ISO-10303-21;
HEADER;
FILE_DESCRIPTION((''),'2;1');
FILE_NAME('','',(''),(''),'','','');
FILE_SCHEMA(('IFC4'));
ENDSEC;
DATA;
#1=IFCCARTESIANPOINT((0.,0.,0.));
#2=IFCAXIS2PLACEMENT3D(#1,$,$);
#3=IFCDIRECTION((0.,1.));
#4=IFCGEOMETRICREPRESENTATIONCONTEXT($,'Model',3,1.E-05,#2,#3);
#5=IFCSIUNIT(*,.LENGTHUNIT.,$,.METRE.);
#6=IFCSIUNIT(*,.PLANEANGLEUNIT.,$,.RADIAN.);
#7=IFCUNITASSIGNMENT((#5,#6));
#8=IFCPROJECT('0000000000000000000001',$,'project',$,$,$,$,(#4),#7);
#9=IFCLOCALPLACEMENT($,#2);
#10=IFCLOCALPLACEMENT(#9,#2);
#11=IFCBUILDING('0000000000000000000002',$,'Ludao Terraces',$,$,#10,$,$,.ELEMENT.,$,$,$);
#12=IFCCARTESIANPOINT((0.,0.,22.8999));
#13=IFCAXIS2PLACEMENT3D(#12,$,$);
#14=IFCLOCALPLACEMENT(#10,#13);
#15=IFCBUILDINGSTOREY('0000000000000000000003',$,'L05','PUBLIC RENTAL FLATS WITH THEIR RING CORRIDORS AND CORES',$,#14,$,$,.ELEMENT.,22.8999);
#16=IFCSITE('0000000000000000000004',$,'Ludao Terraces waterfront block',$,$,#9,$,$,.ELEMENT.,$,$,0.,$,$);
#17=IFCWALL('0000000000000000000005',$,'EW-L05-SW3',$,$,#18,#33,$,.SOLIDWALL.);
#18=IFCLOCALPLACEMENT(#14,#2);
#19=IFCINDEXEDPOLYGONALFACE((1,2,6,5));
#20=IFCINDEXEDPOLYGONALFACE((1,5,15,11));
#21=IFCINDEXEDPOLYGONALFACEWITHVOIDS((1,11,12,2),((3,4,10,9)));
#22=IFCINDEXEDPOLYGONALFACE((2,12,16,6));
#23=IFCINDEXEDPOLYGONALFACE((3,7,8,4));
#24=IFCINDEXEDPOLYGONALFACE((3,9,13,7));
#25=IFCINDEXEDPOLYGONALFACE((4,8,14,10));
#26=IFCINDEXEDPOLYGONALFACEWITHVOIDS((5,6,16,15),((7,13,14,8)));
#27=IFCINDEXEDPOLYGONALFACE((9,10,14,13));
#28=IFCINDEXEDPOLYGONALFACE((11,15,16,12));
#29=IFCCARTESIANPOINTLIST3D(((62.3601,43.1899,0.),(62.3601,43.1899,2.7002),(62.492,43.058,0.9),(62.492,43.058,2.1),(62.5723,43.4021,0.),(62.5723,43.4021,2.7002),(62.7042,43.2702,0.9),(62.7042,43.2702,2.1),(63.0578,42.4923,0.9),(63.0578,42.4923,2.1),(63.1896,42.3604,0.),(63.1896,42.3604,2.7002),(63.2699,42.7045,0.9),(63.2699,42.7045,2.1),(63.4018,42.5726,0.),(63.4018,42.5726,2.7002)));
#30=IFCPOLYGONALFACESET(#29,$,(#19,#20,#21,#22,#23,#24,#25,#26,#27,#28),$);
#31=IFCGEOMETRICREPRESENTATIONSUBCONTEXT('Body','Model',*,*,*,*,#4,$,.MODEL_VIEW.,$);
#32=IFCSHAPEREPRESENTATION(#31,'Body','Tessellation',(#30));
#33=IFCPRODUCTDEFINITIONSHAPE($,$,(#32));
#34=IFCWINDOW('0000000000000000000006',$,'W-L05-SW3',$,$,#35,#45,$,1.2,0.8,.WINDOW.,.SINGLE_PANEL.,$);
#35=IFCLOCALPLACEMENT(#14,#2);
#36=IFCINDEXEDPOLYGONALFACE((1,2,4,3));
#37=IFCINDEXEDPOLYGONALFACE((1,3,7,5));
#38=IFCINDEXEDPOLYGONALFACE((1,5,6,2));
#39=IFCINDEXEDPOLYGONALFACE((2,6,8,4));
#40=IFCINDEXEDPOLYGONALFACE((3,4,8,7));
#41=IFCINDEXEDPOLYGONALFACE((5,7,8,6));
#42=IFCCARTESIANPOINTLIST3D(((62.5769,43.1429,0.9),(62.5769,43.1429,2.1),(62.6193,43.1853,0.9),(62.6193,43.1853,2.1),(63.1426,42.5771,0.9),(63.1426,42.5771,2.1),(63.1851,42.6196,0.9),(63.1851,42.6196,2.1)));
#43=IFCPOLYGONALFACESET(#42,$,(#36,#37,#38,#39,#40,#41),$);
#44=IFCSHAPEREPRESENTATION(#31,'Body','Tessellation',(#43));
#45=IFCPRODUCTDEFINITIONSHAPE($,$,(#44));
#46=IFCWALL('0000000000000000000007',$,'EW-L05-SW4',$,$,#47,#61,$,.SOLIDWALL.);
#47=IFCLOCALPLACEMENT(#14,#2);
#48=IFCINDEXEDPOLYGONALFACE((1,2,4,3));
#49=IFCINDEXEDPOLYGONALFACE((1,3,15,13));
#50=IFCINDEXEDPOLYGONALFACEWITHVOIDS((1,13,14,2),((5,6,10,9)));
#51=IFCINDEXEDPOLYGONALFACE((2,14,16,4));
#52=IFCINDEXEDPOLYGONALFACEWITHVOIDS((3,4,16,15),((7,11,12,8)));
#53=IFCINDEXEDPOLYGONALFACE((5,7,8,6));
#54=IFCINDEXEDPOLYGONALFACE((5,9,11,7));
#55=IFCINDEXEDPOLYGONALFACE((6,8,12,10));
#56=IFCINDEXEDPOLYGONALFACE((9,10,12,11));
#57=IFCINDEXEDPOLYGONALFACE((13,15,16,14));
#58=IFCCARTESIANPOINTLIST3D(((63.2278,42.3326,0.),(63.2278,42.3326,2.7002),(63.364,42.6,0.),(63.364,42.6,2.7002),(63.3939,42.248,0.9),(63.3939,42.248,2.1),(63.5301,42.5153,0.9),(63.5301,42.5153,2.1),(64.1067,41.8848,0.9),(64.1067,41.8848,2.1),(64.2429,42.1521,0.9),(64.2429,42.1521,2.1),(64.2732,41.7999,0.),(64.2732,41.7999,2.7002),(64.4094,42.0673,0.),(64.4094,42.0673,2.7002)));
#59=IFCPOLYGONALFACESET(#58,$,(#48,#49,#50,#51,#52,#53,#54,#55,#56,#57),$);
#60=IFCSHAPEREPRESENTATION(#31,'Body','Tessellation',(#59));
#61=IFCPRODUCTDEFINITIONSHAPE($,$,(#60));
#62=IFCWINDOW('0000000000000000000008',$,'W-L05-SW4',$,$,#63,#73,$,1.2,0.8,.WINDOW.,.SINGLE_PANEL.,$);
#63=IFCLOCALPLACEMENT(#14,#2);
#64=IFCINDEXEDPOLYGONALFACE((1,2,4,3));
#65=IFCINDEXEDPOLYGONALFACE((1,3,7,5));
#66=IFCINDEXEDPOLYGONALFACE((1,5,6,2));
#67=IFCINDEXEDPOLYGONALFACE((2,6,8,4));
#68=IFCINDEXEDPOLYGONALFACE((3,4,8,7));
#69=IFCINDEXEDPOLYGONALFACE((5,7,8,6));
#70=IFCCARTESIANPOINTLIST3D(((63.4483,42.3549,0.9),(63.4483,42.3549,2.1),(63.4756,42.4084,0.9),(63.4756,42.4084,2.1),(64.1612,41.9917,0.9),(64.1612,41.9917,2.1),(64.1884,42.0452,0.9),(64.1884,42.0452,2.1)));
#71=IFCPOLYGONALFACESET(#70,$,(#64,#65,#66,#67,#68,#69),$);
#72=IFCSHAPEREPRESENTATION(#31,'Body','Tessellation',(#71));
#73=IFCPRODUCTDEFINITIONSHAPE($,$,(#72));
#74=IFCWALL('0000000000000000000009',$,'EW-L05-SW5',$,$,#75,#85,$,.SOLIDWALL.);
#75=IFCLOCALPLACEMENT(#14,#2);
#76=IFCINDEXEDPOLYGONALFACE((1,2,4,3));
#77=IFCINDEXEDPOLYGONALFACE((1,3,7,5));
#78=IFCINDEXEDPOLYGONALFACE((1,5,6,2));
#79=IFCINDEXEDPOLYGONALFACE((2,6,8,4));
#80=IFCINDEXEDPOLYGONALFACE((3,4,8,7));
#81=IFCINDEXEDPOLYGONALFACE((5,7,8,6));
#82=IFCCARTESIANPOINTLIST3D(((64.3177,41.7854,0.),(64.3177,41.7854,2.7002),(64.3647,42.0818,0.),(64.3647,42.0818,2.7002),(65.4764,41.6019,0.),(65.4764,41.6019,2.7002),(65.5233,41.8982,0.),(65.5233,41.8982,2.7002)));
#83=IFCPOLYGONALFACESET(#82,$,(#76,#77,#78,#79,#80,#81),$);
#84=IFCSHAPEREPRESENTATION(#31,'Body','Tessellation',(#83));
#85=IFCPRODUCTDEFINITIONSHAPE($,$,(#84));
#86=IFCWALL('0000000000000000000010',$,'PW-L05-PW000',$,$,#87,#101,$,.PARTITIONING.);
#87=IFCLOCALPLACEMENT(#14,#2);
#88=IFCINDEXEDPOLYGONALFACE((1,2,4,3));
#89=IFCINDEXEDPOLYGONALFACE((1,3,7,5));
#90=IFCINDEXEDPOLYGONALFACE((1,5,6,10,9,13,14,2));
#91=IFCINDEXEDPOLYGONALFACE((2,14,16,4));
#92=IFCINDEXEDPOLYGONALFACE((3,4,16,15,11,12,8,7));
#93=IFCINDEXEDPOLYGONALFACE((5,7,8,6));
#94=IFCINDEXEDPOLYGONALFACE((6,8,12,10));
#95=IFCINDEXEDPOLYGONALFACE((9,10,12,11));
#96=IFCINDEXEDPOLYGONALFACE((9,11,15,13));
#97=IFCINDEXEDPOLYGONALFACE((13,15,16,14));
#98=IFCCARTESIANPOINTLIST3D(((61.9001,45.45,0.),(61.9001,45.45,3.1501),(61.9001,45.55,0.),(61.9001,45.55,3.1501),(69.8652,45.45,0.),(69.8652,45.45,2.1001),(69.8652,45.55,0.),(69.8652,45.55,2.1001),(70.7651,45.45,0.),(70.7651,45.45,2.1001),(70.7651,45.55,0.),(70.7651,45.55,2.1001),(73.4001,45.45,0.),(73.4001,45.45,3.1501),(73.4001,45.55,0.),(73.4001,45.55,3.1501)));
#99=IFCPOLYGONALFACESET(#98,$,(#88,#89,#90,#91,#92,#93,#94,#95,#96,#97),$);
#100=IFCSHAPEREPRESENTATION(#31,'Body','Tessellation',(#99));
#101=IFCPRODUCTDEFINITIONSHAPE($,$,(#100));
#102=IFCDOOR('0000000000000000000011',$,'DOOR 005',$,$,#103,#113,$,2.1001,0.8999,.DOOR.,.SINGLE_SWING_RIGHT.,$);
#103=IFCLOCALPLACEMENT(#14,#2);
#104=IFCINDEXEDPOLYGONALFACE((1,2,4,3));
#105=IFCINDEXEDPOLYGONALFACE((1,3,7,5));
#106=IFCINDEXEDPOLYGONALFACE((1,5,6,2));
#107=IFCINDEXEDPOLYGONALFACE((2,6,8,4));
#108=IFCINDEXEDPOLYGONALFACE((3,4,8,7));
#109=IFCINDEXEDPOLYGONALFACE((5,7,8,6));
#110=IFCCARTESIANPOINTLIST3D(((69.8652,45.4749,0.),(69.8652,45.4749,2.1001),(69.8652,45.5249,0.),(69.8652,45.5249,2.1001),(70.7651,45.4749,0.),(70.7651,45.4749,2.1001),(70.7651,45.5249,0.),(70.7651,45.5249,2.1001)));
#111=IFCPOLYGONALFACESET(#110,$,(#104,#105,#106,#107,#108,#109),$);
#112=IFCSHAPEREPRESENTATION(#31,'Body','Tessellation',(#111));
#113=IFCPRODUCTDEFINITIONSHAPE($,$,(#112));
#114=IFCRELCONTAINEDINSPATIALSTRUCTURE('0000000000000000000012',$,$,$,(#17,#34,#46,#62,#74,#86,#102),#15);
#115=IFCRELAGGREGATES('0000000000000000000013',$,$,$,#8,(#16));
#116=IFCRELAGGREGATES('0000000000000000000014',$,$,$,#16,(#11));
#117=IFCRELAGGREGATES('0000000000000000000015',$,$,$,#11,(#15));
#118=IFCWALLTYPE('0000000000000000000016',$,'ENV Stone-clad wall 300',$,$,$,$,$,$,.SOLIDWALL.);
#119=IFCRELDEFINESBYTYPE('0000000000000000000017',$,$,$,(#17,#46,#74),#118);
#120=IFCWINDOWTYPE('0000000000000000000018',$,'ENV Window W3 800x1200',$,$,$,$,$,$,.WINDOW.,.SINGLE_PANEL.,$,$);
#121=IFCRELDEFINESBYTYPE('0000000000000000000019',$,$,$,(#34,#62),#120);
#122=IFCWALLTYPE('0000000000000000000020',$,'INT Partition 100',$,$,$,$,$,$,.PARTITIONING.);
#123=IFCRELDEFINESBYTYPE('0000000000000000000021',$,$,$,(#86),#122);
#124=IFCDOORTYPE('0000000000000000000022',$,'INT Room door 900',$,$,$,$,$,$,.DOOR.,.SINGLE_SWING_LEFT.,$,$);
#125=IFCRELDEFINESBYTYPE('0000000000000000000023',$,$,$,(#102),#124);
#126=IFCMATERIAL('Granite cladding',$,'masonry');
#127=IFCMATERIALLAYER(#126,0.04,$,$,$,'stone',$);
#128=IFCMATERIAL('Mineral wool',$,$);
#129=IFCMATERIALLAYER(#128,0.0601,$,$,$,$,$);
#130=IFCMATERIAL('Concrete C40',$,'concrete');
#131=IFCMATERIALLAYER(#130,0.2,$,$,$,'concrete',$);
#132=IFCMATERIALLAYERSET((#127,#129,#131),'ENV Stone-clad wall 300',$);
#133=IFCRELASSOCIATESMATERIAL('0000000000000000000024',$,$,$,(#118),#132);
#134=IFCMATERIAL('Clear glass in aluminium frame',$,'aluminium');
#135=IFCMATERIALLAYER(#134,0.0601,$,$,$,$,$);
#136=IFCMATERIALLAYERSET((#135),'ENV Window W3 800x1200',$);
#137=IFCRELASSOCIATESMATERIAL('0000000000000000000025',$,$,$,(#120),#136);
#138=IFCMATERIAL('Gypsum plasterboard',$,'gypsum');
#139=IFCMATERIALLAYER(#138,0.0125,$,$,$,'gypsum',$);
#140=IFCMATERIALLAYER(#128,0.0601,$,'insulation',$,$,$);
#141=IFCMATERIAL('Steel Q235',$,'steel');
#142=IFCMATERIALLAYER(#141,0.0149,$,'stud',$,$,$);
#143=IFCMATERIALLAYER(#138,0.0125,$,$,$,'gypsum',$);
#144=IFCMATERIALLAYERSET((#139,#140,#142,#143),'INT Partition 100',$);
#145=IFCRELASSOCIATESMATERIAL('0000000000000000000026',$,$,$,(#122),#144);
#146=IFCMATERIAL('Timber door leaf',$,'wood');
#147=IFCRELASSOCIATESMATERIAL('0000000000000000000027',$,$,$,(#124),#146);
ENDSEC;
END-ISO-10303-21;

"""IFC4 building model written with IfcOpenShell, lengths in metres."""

from ifc_helpers import new_model, si_unit, direction, frame, frame_2d, origin, place, context, subcontext, project, spatial, rectangle, extrude, material, layer, layer_set, type_object, element, fill, save


model = new_model("IFC4")

# Units and contexts
model_context = context("Model", 3, precision=1e-05, world=origin(), true_north=direction((0.0, 1.0)))
body_context = subcontext(model_context, "Body", "Model", "MODEL_VIEW")
ifc_project = project(units=[si_unit("LENGTHUNIT", "METRE"), si_unit("PLANEANGLEUNIT", "RADIAN")], contexts=[model_context])

# Site, building, storey
site_placement = place(None, origin())
site = spatial("IfcSite", under=ifc_project, at=site_placement, Name="Ludao Terraces waterfront block", CompositionType="ELEMENT", RefElevation=0.0)
building_placement = place(site_placement, origin())
building = spatial("IfcBuilding", under=site, at=building_placement, Name="Ludao Terraces", CompositionType="ELEMENT")
storey_placement = place(building_placement, frame((0.0, 0.0, 22.8999)))
storey = spatial("IfcBuildingStorey", under=building, at=storey_placement, Name="L05", Description="PUBLIC RENTAL FLATS WITH THEIR RING CORRIDORS AND CORES", CompositionType="ELEMENT", Elevation=22.8999)

# Shared definitions
ifc_material_1 = material(Name="Concrete C40", Category="concrete")

# Shared definitions
ifc_material_2 = material(Name="Granite cladding", Category="masonry")
ifc_layer_1 = layer(ifc_material_2, 0.04, Category="stone")
ifc_material_3 = material(Name="Mineral wool")
ifc_layer_2 = layer(ifc_material_3, 0.0601)
ifc_layer_3 = layer(ifc_material_1, 0.2, Category="concrete")
ifc_layer_set_1 = layer_set([ifc_layer_1, ifc_layer_2, ifc_layer_3], Name="ENV Stone-clad wall 300")
wall_type_1 = type_object("IfcWallType", Name="ENV Stone-clad wall 300", PredefinedType="SOLIDWALL", material=ifc_layer_set_1)
ifc_material_4 = material(Name="Clear glass in aluminium frame", Category="aluminium")

# Walls, openings, windows
ifc_layer_4 = layer(ifc_material_4, 0.0601)
ifc_layer_set_2 = layer_set([ifc_layer_4], Name="ENV Window W3 800x1200")
window_type_1 = type_object("IfcWindowType", Name="ENV Window W3 800x1200", PartitioningType="SINGLE_PANEL", PredefinedType="WINDOW", material=ifc_layer_set_2)
wall_1_placement = place(storey_placement, frame((62.4663, 43.2959, 0.0), z_axis=(0.0, 0.0, 1.0), x_axis=(0.707107, -0.707107, 0.0)))
wall_1 = element("IfcWall", 1, at=wall_1_placement, inside=storey, type_object=wall_type_1, Name="EW-L05-SW3", PredefinedType="SOLIDWALL", context=body_context, shape_type="SweptSolid", body=[
    extrude(rectangle(XDim=1.1731, YDim=0.3, at=frame_2d((0.5864, 0.0))), origin(), (0.0, 0.0, 1.0), 2.7002),
])
opening_1_placement = place(wall_1_placement, frame((0.1865, 0.0, 0.8999)))
opening_1 = element("IfcOpeningElement", 2, at=opening_1_placement, cuts=wall_1, PredefinedType="OPENING", context=body_context, shape_type="SweptSolid", body=[
    extrude(rectangle(XDim=0.8, YDim=1.2, at=frame_2d((0.3999, 0.6001))), frame((0.0, 0.1602, 0.0), z_axis=(0.0, -1.0, 0.0), x_axis=(1.0, 0.0, 0.0)), (0.0, 0.0, 1.0), 0.3201),
])
window_1_placement = place(opening_1_placement, origin())
window_1 = element("IfcWindow", 3, at=window_1_placement, inside=storey, type_object=window_type_1, Name="W-L05-SW3", OverallHeight=1.2, OverallWidth=0.8, PartitioningType="SINGLE_PANEL", PredefinedType="WINDOW", context=body_context, shape_type="SweptSolid", body=[
    extrude(rectangle(XDim=0.8, YDim=1.2, at=frame_2d((0.3999, 0.6001))), frame((0.0, 0.03, 0.0), z_axis=(0.0, -1.0, 0.0), x_axis=(1.0, 0.0, 0.0)), (0.0, 0.0, 1.0), 0.0601),
])
fill(opening_1, window_1)
wall_2_placement = place(storey_placement, frame((63.2959, 42.4663, 0.0), z_axis=(0.0, 0.0, 1.0), x_axis=(0.890989, -0.454026, 0.0)))
wall_2 = element("IfcWall", 4, at=wall_2_placement, inside=storey, type_object=wall_type_1, Name="EW-L05-SW4", PredefinedType="SOLIDWALL", context=body_context, shape_type="SweptSolid", body=[
    extrude(rectangle(XDim=1.1733, YDim=0.3, at=frame_2d((0.5867, 0.0))), origin(), (0.0, 0.0, 1.0), 2.7002),
])
opening_2_placement = place(wall_2_placement, frame((0.1865, 0.0, 0.8999)))
opening_2 = element("IfcOpeningElement", 5, at=opening_2_placement, cuts=wall_2, PredefinedType="OPENING", context=body_context, shape_type="SweptSolid", body=[
    extrude(rectangle(XDim=0.8, YDim=1.2, at=frame_2d((0.3999, 0.6001))), frame((0.0, 0.1602, 0.0), z_axis=(0.0, -1.0, 0.0), x_axis=(1.0, 0.0, 0.0)), (0.0, 0.0, 1.0), 0.3201),
])
window_2_placement = place(opening_2_placement, origin())
window_2 = element("IfcWindow", 6, at=window_2_placement, inside=storey, type_object=window_type_1, Name="W-L05-SW4", OverallHeight=1.2, OverallWidth=0.8, PartitioningType="SINGLE_PANEL", PredefinedType="WINDOW", context=body_context, shape_type="SweptSolid", body=[
    extrude(rectangle(XDim=0.8, YDim=1.2, at=frame_2d((0.3999, 0.6001))), frame((0.0, 0.03, 0.0), z_axis=(0.0, -1.0, 0.0), x_axis=(1.0, 0.0, 0.0)), (0.0, 0.0, 1.0), 0.0601),
])
fill(opening_2, window_2)

# Wall
wall_3_placement = place(storey_placement, frame((64.3413, 41.9336, 0.0), z_axis=(0.0, 0.0, 1.0), x_axis=(0.987678, -0.156497, 0.0)))
element("IfcWall", 7, at=wall_3_placement, inside=storey, type_object=wall_type_1, Name="EW-L05-SW5", PredefinedType="SOLIDWALL", context=body_context, shape_type="SweptSolid", body=[
    extrude(rectangle(XDim=1.1731, YDim=0.3, at=frame_2d((0.5864, 0.0))), origin(), (0.0, 0.0, 1.0), 2.7002),
])

# Wall, opening, door
ifc_material_5 = material(Name="Gypsum plasterboard", Category="gypsum")
ifc_layer_5 = layer(ifc_material_5, 0.0125, Category="gypsum")
ifc_layer_6 = layer(ifc_material_3, 0.0601, Name="insulation")
ifc_material_6 = material(Name="Steel Q235", Category="steel")
ifc_layer_7 = layer(ifc_material_6, 0.0149, Name="stud")
ifc_layer_8 = layer(ifc_material_5, 0.0125, Category="gypsum")
ifc_layer_set_3 = layer_set([ifc_layer_5, ifc_layer_6, ifc_layer_7, ifc_layer_8], Name="INT Partition 100")
wall_type_2 = type_object("IfcWallType", Name="INT Partition 100", PredefinedType="PARTITIONING", material=ifc_layer_set_3)
wall_4_placement = place(storey_placement, frame((61.9001, 45.5, 0.0), z_axis=(0.0, 0.0, 1.0), x_axis=(1.0, 0.0, 0.0)))
wall_4 = element("IfcWall", 8, at=wall_4_placement, inside=storey, type_object=wall_type_2, Name="PW-L05-PW000", PredefinedType="PARTITIONING", context=body_context, shape_type="SweptSolid", body=[
    extrude(rectangle(XDim=11.5, YDim=0.1001, at=frame_2d((5.75, 0.0))), origin(), (0.0, 0.0, 1.0), 3.1501),
])
opening_3_placement = place(wall_4_placement, frame((7.9651, 0.0, 0.0)))
opening_3 = element("IfcOpeningElement", 9, at=opening_3_placement, cuts=wall_4, PredefinedType="OPENING", context=body_context, shape_type="SweptSolid", body=[
    extrude(rectangle(XDim=0.8999, YDim=2.1001, at=frame_2d((0.45, 1.05))), frame((0.0, 0.0601, 0.0), z_axis=(0.0, -1.0, 0.0), x_axis=(1.0, 0.0, 0.0)), (0.0, 0.0, 1.0), 0.1201),
])
ifc_material_7 = material(Name="Timber door leaf", Category="wood")
door_type = type_object("IfcDoorType", Name="INT Room door 900", OperationType="SINGLE_SWING_LEFT", PredefinedType="DOOR", material=ifc_material_7)
door_placement = place(opening_3_placement, origin())
door = element("IfcDoor", 10, at=door_placement, inside=storey, type_object=door_type, Name="DOOR 005", OperationType="SINGLE_SWING_RIGHT", OverallHeight=2.1001, OverallWidth=0.8999, PredefinedType="DOOR", context=body_context, shape_type="SweptSolid", body=[
    extrude(rectangle(XDim=0.8999, YDim=2.1001, at=frame_2d((0.45, 1.05))), frame((0.0, 0.0249, 0.0), z_axis=(0.0, -1.0, 0.0), x_axis=(1.0, 0.0, 0.0)), (0.0, 0.0, 1.0), 0.05),
])
fill(opening_3, door)

save(model, "model.ifc")
